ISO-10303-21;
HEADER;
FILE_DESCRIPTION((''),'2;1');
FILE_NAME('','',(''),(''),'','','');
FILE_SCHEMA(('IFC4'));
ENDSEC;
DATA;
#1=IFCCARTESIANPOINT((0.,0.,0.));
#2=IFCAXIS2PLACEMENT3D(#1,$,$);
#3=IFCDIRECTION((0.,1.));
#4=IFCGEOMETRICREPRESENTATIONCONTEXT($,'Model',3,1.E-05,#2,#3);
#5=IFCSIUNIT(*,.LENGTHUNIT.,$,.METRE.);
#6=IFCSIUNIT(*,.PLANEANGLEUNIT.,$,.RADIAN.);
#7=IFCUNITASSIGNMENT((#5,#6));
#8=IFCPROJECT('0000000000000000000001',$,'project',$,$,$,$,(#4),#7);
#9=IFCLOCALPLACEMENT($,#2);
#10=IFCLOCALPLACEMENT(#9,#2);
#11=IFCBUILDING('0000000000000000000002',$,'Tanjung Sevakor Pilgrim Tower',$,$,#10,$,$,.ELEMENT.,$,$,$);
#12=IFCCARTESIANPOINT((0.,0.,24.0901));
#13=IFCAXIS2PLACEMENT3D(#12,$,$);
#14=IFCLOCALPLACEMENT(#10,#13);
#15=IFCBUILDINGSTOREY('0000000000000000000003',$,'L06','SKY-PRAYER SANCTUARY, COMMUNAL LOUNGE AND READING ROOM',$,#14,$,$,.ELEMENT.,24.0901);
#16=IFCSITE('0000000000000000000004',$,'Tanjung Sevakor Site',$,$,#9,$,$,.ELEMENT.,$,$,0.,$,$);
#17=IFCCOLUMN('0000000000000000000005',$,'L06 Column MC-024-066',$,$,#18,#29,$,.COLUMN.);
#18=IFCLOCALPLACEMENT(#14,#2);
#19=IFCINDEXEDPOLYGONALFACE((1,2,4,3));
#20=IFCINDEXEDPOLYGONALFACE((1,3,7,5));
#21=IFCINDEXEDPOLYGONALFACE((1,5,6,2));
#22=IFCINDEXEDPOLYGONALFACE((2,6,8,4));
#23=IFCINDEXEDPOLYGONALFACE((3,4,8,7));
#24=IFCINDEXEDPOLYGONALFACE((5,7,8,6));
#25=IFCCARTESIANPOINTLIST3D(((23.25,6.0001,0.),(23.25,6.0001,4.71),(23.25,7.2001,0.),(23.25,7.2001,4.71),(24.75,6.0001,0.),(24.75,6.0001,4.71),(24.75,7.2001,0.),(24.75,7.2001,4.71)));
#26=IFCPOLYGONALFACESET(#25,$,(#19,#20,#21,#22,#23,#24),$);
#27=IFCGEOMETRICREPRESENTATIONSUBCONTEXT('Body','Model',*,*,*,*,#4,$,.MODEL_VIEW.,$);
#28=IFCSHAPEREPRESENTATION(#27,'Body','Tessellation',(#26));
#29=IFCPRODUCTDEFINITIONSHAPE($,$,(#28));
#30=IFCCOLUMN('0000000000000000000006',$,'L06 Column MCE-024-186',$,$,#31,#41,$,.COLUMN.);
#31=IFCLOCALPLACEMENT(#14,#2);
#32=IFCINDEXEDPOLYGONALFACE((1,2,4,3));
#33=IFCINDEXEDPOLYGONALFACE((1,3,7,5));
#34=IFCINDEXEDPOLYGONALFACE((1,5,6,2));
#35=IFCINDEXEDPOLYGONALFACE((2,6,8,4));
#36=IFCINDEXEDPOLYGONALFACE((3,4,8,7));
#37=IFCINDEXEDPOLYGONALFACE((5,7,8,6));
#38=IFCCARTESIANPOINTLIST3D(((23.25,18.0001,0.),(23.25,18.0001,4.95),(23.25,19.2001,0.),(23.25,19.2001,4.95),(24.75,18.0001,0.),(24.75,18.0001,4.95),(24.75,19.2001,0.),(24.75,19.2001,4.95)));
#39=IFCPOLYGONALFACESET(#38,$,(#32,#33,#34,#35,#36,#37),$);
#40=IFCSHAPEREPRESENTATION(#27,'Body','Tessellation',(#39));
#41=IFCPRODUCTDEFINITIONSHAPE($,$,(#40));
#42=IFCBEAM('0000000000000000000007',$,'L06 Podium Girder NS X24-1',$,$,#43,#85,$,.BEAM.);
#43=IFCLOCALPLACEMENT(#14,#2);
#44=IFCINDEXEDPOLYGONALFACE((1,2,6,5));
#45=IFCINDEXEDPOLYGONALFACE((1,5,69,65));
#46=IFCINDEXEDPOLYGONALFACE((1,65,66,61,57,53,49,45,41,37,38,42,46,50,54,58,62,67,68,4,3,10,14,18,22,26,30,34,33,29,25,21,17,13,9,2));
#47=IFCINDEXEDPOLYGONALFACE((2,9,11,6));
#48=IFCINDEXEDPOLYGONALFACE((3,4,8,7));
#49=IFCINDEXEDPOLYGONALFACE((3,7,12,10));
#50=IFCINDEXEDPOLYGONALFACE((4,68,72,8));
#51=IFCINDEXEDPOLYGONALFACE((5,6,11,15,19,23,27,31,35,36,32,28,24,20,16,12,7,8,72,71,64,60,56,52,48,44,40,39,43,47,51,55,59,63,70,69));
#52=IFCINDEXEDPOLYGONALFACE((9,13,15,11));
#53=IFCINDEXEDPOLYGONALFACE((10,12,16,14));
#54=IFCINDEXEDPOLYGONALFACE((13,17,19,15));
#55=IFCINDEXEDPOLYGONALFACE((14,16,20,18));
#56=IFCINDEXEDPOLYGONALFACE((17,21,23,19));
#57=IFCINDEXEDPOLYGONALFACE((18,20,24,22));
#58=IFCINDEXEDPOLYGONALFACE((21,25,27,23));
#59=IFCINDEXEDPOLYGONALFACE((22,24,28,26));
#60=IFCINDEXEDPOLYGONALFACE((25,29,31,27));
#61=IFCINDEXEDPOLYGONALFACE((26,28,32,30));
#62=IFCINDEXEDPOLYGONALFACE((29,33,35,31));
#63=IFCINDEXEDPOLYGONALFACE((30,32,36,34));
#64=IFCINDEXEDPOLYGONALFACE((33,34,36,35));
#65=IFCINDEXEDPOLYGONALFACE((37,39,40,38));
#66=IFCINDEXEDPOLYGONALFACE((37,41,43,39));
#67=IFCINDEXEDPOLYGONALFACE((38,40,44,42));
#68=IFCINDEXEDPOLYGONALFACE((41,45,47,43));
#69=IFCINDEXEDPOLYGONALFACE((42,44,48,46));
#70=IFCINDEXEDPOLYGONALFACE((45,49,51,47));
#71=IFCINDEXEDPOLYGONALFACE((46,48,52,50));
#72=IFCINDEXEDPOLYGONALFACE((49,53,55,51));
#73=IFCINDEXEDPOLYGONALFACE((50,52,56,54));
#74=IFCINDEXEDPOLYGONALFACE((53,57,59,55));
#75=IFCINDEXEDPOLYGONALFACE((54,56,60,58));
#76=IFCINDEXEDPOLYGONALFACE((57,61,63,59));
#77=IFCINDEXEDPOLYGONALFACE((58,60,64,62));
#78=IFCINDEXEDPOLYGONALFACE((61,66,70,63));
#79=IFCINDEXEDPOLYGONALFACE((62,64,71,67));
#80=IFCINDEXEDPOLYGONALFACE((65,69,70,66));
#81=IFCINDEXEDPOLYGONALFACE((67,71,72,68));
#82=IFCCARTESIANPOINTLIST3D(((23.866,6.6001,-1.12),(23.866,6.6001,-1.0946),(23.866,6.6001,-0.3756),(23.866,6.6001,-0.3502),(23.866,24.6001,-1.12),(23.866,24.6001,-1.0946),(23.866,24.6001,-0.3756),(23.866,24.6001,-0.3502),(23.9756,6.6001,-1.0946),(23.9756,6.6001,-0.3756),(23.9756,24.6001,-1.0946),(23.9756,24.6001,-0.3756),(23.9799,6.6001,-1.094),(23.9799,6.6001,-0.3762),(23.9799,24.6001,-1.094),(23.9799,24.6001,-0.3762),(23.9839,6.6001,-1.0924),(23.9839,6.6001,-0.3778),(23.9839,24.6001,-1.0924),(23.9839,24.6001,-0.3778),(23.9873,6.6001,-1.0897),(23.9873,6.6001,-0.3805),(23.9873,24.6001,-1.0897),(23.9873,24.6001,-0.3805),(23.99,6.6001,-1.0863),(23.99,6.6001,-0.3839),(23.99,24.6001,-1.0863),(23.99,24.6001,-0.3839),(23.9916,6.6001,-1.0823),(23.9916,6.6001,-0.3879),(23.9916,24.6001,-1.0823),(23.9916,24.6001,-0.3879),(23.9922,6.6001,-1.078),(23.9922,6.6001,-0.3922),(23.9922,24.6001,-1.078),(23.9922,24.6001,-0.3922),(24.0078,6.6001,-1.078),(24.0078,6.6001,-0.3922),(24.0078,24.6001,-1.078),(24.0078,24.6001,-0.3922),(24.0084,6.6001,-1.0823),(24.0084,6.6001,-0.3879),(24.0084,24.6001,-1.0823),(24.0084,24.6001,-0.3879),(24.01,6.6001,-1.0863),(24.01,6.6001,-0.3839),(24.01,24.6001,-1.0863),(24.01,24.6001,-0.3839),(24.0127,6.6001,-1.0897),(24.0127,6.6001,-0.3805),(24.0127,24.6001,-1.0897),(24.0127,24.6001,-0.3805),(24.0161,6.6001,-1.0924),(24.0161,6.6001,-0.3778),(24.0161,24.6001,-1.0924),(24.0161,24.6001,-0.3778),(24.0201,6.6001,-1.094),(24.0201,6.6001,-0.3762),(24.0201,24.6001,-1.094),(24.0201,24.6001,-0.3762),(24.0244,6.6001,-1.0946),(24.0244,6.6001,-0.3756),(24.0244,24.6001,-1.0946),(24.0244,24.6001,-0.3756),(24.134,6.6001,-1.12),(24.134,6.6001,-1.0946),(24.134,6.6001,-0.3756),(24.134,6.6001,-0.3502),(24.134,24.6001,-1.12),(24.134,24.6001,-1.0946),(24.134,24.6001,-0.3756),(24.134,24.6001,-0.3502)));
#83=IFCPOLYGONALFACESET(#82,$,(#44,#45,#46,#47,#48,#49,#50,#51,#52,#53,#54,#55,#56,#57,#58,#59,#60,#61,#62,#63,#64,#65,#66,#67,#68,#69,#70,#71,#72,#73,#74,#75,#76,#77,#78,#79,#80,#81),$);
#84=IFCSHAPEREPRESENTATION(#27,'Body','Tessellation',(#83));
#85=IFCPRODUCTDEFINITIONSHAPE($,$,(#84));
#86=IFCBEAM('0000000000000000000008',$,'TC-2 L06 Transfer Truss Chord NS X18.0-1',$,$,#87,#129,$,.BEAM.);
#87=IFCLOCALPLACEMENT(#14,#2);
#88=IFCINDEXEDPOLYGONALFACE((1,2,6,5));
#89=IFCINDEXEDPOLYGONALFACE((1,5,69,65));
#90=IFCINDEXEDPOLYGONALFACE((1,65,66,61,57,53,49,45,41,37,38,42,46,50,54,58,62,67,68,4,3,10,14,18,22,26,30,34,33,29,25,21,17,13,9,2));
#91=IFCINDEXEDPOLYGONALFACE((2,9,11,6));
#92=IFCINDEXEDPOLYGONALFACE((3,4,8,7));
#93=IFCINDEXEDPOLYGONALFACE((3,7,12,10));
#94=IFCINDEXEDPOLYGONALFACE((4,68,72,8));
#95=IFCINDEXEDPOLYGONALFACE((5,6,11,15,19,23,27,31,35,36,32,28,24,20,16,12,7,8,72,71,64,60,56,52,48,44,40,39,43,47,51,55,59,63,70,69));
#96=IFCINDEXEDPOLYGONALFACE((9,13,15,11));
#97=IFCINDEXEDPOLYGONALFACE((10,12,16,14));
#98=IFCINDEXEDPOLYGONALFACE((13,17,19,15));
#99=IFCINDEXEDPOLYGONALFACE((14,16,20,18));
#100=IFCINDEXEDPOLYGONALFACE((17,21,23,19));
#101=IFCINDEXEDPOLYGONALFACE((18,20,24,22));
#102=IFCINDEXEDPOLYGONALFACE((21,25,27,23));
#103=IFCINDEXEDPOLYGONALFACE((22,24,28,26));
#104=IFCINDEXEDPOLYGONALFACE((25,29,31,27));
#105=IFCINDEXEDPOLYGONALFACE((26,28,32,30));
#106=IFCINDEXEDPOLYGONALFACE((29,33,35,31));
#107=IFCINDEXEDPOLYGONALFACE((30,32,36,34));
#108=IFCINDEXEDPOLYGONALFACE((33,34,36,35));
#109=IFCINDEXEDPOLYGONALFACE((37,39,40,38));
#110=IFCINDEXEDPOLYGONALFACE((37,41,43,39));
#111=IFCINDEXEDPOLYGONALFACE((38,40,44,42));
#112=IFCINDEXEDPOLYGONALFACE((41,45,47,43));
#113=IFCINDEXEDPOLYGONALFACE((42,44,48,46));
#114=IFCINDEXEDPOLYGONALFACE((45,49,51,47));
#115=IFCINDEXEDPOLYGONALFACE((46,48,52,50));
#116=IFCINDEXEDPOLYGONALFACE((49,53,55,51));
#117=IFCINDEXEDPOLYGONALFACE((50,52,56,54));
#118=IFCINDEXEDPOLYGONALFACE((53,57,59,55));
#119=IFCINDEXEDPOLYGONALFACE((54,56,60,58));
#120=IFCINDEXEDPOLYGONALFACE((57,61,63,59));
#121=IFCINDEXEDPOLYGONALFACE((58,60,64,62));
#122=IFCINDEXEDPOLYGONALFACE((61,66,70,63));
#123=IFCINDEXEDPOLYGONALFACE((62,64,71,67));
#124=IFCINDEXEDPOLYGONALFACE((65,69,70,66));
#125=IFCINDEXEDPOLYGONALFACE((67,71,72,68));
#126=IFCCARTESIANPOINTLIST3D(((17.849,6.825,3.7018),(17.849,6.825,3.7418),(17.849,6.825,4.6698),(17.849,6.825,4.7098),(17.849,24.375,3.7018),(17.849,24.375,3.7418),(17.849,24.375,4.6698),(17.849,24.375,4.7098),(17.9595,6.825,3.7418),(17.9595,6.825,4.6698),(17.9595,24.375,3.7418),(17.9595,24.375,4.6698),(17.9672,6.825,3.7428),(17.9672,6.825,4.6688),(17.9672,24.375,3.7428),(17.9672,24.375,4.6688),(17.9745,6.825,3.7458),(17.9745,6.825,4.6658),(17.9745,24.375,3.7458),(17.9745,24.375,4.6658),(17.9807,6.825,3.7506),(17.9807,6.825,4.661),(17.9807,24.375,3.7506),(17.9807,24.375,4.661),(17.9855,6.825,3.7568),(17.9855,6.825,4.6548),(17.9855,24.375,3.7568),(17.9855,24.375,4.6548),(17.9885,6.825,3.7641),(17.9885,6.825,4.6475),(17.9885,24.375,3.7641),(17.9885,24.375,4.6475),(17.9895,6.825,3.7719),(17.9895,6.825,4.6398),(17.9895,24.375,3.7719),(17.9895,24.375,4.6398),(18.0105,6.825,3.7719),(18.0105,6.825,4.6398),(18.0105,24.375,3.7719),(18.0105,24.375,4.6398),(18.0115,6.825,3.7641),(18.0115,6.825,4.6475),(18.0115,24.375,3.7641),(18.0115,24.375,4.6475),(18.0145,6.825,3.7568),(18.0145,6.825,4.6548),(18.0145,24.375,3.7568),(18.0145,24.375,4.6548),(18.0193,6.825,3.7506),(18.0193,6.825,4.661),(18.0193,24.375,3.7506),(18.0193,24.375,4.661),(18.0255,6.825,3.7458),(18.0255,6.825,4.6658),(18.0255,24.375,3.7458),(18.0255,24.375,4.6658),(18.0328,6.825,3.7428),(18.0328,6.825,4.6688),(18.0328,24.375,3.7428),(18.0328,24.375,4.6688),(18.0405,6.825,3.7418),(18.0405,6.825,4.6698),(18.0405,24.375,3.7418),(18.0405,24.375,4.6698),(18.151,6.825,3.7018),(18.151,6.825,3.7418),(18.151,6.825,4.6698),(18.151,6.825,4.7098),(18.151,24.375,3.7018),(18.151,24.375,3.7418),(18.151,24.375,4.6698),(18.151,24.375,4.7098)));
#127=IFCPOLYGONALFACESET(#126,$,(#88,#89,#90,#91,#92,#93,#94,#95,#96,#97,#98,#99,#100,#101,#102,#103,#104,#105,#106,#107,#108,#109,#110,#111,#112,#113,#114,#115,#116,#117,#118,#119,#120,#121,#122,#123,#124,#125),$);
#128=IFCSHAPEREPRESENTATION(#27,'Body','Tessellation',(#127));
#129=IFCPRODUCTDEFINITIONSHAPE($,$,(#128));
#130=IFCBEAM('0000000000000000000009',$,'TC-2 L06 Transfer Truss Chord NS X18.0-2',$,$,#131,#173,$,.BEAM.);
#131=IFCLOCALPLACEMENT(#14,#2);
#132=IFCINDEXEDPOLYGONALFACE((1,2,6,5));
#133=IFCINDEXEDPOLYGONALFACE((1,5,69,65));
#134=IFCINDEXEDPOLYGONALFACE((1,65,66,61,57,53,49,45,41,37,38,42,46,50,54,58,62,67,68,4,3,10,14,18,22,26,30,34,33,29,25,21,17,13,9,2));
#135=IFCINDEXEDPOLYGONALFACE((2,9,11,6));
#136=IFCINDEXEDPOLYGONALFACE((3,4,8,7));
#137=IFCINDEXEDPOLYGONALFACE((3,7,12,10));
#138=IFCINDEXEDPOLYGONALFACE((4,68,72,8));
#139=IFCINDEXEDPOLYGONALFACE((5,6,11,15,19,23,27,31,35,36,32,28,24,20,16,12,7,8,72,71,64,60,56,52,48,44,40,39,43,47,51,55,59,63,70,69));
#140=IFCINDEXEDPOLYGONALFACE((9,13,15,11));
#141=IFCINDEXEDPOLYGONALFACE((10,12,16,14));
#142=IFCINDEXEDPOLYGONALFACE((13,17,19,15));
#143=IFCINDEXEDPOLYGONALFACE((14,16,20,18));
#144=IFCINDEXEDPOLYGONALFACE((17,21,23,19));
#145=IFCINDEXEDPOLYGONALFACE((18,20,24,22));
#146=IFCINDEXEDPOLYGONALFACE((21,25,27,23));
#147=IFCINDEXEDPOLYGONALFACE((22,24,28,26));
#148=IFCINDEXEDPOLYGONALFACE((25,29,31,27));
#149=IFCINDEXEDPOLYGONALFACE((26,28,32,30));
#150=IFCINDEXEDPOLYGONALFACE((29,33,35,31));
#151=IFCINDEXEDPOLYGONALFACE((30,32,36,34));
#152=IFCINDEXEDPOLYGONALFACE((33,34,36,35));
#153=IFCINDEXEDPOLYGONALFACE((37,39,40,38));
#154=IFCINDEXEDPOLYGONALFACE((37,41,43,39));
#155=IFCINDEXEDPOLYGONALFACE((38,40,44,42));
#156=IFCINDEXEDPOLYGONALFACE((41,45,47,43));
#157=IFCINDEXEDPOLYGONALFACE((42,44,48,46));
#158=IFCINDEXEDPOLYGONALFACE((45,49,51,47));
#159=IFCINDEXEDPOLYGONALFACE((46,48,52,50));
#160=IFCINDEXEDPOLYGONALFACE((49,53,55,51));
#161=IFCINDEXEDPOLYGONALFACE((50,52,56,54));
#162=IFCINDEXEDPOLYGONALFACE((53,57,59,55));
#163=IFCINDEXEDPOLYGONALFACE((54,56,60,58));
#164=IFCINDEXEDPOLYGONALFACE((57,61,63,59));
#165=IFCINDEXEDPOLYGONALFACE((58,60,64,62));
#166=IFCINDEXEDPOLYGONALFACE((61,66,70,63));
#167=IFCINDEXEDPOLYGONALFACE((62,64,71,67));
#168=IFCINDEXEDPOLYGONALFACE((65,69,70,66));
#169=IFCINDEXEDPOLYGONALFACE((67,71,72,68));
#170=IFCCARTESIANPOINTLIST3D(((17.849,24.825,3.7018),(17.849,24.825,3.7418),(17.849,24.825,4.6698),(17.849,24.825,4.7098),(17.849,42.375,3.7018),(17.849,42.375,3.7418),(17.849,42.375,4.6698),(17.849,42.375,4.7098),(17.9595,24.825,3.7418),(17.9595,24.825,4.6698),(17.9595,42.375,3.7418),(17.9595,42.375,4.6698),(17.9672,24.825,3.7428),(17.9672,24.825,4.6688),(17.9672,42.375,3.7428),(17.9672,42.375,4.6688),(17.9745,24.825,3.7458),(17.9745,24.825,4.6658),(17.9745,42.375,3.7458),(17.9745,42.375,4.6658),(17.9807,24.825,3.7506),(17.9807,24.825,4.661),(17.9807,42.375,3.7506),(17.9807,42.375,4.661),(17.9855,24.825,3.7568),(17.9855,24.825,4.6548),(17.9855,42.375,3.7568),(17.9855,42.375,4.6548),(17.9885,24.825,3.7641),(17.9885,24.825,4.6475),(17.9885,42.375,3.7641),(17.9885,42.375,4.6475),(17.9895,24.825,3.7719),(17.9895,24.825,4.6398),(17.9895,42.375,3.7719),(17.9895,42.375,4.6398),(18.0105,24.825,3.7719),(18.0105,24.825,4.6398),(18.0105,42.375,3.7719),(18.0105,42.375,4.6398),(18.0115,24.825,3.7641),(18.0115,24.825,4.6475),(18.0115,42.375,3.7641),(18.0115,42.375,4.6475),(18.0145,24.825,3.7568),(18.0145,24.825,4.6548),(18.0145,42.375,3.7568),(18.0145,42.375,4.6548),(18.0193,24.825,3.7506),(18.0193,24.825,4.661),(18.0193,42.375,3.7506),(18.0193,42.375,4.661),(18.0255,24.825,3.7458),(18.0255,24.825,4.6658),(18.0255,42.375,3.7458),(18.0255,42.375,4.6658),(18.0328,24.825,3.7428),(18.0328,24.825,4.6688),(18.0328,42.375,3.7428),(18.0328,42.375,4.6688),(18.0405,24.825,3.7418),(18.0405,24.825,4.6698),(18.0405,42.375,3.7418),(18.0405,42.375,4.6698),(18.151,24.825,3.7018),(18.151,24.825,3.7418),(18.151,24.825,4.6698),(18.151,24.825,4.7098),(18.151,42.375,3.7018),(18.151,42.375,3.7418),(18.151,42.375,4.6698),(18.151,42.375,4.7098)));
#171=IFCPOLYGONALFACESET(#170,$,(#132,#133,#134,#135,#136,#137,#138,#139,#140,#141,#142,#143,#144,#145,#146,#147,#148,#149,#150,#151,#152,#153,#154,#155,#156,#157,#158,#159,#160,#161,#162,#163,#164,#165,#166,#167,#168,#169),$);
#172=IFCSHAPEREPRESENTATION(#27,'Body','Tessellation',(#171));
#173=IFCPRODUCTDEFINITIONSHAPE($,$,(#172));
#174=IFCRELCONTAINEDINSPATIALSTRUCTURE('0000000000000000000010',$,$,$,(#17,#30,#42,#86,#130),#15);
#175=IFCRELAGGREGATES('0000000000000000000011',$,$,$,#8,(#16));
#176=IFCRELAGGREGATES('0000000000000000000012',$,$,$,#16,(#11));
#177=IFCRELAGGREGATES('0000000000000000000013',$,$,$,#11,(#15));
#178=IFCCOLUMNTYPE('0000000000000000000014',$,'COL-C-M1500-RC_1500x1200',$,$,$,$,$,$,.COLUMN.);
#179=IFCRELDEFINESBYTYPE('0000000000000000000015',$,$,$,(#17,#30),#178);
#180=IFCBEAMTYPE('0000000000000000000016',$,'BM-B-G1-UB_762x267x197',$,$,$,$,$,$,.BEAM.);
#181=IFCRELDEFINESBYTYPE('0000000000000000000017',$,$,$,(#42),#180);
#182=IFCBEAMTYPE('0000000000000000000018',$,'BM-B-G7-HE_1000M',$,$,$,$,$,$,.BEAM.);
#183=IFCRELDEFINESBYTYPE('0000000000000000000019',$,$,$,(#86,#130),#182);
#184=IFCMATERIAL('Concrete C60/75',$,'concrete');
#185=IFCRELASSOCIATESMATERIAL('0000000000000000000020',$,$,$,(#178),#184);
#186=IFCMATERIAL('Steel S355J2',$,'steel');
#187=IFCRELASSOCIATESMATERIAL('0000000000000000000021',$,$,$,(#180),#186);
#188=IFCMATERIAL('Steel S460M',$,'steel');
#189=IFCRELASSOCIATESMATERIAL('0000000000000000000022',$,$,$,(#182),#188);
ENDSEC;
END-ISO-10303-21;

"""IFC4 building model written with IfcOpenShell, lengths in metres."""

from ifc_helpers import new_model, si_unit, direction, frame, origin, origin_2d, place, context, subcontext, project, spatial, rectangle, i_section, extrude, material, material_profile, profile_set, type_object, element, save


model = new_model("IFC4")

# Units and contexts
model_context = context("Model", 3, precision=1e-05, world=origin(), true_north=direction((0.0, 1.0)))
body_context = subcontext(model_context, "Body", "Model", "MODEL_VIEW")
ifc_project = project(units=[si_unit("LENGTHUNIT", "METRE"), si_unit("PLANEANGLEUNIT", "RADIAN")], contexts=[model_context])

# Site, building, storey
site_placement = place(None, origin())
site = spatial("IfcSite", under=ifc_project, at=site_placement, Name="Tanjung Sevakor Site", CompositionType="ELEMENT", RefElevation=0.0)
building_placement = place(site_placement, origin())
building = spatial("IfcBuilding", under=site, at=building_placement, Name="Tanjung Sevakor Pilgrim Tower", CompositionType="ELEMENT")
storey_placement = place(building_placement, frame((0.0, 0.0, 24.0901)))
storey = spatial("IfcBuildingStorey", under=building, at=storey_placement, Name="L06", Description="SKY-PRAYER SANCTUARY, COMMUNAL LOUNGE AND READING ROOM", CompositionType="ELEMENT", Elevation=24.0901)

# Columns
ifc_material_1 = material(Name="Concrete C60/75", Category="concrete")
ifc_material_profile_1 = material_profile(ifc_material_1, rectangle(XDim=1.5, YDim=1.2, at=origin_2d()))
ifc_profile_set_1 = profile_set([ifc_material_profile_1], Name="Concrete C60/75")
column_type = type_object("IfcColumnType", Name="COL-C-M1500-RC_1500x1200", PredefinedType="COLUMN", material=ifc_profile_set_1)
column_1_placement = place(storey_placement, frame((24.0, 6.6001, 0.0), z_axis=(0.0, 0.0, 1.0), x_axis=(1.0, 0.0, 0.0)))
element("IfcColumn", 1, at=column_1_placement, inside=storey, type_object=column_type, Name="L06 Column MC-024-066", PredefinedType="COLUMN", context=body_context, shape_type="SweptSolid", body=[
    extrude(rectangle(XDim=1.5, YDim=1.2, at=origin_2d()), origin(), (0.0, 0.0, 1.0), 4.71),
])
column_2_placement = place(storey_placement, frame((24.0, 18.6001, 0.0), z_axis=(0.0, 0.0, 1.0), x_axis=(1.0, 0.0, 0.0)))
element("IfcColumn", 2, at=column_2_placement, inside=storey, type_object=column_type, Name="L06 Column MCE-024-186", PredefinedType="COLUMN", context=body_context, shape_type="SweptSolid", body=[
    extrude(rectangle(XDim=1.5, YDim=1.2, at=origin_2d()), origin(), (0.0, 0.0, 1.0), 4.95),
])

# Beams
ifc_material_2 = material(Name="Steel S355J2", Category="steel")
ifc_material_profile_2 = material_profile(ifc_material_2, i_section(OverallWidth=0.2681, OverallDepth=0.7698, WebThickness=0.0156, FlangeThickness=0.0254, FilletRadius=0.0166, at=origin_2d()))
ifc_profile_set_2 = profile_set([ifc_material_profile_2], Name="Steel S355J2")
beam_type_1 = type_object("IfcBeamType", Name="BM-B-G1-UB_762x267x197", PredefinedType="BEAM", material=ifc_profile_set_2)
beam_1_placement = place(storey_placement, frame((24.0, 6.6001, -0.7351), z_axis=(0.0, 1.0, 0.0), x_axis=(-1.0, 0.0, 0.0)))
element("IfcBeam", 3, at=beam_1_placement, inside=storey, type_object=beam_type_1, Name="L06 Podium Girder NS X24-1", PredefinedType="BEAM", context=body_context, shape_type="SweptSolid", body=[
    extrude(i_section(OverallWidth=0.2681, OverallDepth=0.7698, WebThickness=0.0156, FlangeThickness=0.0254, FilletRadius=0.0166, at=origin_2d()), origin(), (0.0, 0.0, 1.0), 18.0),
])
ifc_material_3 = material(Name="Steel S460M", Category="steel")
ifc_material_profile_3 = material_profile(ifc_material_3, i_section(OverallWidth=0.302, OverallDepth=1.0081, WebThickness=0.021, FlangeThickness=0.04, FilletRadius=0.03, at=origin_2d()))
ifc_profile_set_3 = profile_set([ifc_material_profile_3], Name="Steel S460M")
beam_type_2 = type_object("IfcBeamType", Name="BM-B-G7-HE_1000M", PredefinedType="BEAM", material=ifc_profile_set_3)
for number, where, z_axis, x_axis, name in (
    (4, (18.0, 6.825, 4.2058), (0.0, 1.0, 0.0), (-1.0, 0.0, 0.0), "TC-2 L06 Transfer Truss Chord NS X18.0-1"),
    (5, (18.0, 24.825, 4.2058), (0.0, 1.0, 0.0), (-1.0, 0.0, 0.0), "TC-2 L06 Transfer Truss Chord NS X18.0-2"),
):
    element("IfcBeam", number, at=place(storey_placement, frame(where, z_axis=z_axis, x_axis=x_axis)), inside=storey, type_object=beam_type_2, Name=name, PredefinedType="BEAM", context=body_context, shape_type="SweptSolid", body=[
        extrude(i_section(OverallWidth=0.302, OverallDepth=1.0081, WebThickness=0.021, FlangeThickness=0.04, FilletRadius=0.03, at=origin_2d()), origin(), (0.0, 0.0, 1.0), 17.55),
    ])

save(model, "model.ifc")
